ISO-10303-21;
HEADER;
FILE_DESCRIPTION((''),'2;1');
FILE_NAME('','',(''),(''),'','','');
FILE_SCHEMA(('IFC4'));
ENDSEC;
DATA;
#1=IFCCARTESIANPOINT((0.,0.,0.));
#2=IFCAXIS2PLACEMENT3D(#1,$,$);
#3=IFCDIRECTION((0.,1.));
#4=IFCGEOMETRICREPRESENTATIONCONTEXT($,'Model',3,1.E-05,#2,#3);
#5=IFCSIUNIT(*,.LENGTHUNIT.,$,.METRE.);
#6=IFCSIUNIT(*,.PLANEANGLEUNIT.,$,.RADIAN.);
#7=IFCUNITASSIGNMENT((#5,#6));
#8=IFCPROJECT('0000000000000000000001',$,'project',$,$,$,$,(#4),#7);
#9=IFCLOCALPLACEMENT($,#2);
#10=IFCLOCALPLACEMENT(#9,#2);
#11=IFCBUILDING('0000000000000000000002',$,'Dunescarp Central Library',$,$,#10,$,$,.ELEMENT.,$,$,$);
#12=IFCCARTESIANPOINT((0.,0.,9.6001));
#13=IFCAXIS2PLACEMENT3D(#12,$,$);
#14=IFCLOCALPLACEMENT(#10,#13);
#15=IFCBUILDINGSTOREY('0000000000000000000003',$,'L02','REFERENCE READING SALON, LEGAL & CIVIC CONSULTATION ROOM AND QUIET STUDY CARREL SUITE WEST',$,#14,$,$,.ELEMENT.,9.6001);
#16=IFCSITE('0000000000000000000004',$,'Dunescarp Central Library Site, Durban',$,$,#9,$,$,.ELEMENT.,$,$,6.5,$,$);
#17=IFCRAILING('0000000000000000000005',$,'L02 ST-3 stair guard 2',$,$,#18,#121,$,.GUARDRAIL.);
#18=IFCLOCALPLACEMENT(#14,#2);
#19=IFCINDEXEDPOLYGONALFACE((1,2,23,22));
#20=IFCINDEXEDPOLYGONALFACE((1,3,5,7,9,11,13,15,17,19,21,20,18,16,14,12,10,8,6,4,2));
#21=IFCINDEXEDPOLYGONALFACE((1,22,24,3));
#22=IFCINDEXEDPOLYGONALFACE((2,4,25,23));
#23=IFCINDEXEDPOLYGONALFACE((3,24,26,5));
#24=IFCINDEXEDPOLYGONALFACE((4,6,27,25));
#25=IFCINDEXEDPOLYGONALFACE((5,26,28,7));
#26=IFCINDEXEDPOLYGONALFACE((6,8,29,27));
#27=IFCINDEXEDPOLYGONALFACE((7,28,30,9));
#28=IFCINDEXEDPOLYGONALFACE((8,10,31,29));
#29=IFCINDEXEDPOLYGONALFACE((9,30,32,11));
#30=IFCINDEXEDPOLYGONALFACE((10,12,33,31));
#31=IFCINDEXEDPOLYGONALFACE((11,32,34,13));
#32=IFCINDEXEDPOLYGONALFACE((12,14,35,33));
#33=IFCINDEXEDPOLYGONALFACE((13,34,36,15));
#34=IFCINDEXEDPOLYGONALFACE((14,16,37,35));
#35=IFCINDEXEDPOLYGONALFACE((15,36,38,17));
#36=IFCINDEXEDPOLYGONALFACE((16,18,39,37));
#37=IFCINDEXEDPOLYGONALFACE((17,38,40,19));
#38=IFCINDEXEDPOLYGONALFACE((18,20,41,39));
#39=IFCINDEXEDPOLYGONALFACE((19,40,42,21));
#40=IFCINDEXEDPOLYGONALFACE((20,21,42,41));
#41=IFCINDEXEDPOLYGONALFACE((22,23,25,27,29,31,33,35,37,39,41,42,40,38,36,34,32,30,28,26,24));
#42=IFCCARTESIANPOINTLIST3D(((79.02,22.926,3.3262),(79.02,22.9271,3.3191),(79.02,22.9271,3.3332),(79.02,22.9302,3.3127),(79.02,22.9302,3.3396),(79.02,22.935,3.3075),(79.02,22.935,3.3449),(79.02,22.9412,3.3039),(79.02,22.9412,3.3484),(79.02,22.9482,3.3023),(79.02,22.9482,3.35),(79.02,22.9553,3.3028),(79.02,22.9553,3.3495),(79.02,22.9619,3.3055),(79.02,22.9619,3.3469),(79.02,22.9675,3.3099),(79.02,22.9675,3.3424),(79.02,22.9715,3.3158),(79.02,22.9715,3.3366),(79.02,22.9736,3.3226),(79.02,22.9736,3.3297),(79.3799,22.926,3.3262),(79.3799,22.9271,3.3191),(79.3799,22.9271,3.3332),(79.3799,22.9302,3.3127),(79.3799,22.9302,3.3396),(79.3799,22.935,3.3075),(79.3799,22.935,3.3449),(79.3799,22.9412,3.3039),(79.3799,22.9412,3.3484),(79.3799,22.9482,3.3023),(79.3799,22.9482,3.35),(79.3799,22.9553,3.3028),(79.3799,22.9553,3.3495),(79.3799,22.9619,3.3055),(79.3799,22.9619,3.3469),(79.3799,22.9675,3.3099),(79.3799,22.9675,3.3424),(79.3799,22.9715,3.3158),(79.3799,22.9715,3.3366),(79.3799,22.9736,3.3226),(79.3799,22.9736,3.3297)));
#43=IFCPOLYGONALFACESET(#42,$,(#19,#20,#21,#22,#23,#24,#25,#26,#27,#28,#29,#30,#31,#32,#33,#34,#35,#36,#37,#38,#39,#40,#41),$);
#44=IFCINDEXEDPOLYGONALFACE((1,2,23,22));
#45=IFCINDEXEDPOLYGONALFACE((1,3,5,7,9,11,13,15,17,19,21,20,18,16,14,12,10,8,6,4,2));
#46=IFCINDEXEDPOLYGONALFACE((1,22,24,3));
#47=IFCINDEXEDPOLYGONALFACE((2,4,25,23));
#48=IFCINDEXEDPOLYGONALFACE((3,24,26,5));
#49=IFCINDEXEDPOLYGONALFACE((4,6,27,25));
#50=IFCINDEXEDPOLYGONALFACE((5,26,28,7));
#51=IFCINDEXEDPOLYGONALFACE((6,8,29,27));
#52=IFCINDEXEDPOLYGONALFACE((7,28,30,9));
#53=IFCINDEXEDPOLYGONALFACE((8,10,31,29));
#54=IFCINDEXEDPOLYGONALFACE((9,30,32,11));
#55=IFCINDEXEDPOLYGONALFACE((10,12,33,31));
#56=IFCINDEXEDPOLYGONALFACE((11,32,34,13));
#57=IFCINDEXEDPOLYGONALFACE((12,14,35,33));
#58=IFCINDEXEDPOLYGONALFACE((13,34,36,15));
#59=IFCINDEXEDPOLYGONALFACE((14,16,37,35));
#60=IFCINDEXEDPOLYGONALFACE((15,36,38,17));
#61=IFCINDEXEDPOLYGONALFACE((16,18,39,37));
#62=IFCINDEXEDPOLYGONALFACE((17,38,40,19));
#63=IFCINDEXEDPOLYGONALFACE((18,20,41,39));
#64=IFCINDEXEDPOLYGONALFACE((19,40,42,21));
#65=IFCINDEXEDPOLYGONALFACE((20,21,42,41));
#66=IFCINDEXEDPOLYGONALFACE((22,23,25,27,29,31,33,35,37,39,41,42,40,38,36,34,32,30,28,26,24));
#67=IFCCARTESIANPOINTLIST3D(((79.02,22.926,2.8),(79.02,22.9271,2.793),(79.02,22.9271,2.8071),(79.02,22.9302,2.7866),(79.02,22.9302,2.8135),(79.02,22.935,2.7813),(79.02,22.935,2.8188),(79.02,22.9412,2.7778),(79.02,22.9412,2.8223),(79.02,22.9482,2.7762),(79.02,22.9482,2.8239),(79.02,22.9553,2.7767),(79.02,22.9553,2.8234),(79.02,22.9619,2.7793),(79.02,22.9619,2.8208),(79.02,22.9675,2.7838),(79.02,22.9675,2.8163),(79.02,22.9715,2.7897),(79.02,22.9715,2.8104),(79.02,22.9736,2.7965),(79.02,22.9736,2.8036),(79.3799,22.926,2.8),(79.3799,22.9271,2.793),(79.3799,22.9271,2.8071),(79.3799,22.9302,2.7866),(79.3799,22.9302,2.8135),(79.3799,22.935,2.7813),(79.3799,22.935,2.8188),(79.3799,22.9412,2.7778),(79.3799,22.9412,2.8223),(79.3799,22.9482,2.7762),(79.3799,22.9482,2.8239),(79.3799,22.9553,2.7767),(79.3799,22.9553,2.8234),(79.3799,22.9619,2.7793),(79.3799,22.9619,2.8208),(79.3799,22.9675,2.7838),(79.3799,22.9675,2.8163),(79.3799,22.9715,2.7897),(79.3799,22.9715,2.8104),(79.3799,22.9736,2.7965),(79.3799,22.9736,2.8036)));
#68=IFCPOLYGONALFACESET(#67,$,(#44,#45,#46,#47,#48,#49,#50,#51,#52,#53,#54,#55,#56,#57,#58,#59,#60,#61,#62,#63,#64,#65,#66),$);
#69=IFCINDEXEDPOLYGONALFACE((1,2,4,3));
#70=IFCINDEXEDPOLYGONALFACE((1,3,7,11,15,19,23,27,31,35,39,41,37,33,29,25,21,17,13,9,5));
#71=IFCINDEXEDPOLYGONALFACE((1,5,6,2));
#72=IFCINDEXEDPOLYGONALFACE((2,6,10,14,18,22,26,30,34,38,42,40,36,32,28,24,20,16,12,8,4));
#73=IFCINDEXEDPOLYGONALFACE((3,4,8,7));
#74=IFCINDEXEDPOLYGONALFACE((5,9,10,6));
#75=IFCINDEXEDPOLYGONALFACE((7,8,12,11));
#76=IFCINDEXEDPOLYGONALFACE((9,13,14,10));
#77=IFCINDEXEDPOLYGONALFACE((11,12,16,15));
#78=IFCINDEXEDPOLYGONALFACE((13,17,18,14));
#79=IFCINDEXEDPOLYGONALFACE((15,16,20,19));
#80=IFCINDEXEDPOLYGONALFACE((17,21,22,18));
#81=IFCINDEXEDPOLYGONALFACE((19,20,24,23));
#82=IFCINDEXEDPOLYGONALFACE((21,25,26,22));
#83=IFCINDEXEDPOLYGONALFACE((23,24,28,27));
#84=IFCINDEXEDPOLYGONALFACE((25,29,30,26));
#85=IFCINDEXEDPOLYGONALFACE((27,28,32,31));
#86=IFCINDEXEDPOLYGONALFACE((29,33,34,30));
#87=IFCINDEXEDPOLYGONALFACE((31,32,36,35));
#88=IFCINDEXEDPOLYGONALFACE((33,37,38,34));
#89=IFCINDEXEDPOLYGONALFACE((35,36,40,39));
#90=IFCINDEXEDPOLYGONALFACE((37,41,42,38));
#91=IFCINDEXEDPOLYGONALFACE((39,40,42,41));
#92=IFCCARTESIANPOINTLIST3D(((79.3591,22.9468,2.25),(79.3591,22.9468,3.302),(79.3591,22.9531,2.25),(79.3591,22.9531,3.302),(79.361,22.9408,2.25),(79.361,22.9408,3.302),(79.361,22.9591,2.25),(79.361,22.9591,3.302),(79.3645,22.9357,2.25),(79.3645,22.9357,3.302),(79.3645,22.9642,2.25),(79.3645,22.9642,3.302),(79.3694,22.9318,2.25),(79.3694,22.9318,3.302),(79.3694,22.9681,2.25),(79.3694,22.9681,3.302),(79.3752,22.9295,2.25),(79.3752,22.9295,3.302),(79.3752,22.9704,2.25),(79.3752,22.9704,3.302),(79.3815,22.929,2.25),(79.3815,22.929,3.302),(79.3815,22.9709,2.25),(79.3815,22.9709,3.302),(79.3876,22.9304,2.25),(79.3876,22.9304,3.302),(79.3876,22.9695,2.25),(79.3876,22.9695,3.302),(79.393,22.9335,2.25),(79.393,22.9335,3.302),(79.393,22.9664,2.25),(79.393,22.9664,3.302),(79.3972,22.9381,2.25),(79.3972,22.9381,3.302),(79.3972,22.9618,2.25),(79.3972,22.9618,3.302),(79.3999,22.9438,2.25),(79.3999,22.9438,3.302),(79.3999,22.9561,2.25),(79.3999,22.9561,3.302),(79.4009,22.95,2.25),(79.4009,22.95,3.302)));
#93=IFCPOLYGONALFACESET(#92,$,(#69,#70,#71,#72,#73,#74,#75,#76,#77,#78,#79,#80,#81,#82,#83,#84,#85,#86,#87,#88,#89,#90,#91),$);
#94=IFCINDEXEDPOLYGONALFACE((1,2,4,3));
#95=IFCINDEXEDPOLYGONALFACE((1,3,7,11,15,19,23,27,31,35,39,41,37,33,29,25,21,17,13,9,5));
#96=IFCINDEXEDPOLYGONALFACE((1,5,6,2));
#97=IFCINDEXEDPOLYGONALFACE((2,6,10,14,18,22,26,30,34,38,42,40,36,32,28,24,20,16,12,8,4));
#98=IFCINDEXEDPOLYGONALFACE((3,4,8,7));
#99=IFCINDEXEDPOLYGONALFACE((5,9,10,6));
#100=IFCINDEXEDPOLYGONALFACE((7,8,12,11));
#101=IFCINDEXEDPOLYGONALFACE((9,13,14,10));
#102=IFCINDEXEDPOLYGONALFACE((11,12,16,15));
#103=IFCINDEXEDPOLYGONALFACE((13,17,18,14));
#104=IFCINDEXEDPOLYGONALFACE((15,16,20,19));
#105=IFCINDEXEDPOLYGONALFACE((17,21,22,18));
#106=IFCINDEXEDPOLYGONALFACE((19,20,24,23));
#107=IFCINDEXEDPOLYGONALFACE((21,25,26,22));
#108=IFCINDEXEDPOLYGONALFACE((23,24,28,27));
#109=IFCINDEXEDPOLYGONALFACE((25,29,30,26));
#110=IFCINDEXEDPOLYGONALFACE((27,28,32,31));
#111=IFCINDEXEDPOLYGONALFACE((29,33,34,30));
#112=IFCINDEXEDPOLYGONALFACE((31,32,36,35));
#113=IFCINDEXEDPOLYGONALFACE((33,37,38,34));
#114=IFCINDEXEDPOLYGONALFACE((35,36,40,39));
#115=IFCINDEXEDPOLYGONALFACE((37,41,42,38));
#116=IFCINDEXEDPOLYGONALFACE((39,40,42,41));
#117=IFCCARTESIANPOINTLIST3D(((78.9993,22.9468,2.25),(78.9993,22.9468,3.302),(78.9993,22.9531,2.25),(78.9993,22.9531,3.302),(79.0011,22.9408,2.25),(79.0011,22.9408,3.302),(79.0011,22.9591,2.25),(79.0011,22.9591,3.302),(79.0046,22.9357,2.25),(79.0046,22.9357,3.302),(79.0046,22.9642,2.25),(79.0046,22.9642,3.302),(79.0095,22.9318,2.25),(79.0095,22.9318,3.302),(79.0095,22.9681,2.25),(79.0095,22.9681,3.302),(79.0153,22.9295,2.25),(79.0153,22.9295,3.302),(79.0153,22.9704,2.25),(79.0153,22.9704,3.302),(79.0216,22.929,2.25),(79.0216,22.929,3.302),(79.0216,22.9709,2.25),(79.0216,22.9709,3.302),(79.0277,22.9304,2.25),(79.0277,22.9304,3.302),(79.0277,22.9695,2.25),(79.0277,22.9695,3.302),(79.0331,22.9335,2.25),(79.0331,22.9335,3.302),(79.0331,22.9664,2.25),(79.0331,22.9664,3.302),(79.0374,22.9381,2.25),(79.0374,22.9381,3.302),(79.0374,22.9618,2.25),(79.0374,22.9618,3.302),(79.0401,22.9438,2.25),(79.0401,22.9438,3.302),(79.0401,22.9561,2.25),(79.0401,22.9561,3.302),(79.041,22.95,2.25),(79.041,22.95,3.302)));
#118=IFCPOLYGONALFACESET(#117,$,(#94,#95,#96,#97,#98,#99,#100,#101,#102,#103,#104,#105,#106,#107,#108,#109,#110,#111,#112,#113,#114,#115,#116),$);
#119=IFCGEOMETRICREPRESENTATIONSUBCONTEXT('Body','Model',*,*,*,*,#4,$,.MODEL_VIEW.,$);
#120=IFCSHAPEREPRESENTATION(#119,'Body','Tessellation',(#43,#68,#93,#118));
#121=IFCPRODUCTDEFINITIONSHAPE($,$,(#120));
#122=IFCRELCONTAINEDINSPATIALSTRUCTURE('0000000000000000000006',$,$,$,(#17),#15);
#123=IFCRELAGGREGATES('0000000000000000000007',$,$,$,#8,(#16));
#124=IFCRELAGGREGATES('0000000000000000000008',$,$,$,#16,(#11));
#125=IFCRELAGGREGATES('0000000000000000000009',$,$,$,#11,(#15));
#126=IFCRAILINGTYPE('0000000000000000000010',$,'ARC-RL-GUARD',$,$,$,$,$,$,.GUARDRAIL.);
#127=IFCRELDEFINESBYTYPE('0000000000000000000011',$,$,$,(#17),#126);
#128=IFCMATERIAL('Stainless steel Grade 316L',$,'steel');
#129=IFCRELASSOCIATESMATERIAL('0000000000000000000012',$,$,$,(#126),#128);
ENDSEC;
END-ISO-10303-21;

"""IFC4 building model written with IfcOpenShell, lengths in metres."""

from ifc_helpers import new_model, si_unit, direction, frame, origin, origin_2d, place, context, subcontext, project, spatial, circle, extrude, material, type_object, element, save


model = new_model("IFC4")

# Units and contexts
model_context = context("Model", 3, precision=1e-05, world=origin(), true_north=direction((0.0, 1.0)))
body_context = subcontext(model_context, "Body", "Model", "MODEL_VIEW")
ifc_project = project(units=[si_unit("LENGTHUNIT", "METRE"), si_unit("PLANEANGLEUNIT", "RADIAN")], contexts=[model_context])

# Site, building, storey
site_placement = place(None, origin())
site = spatial("IfcSite", under=ifc_project, at=site_placement, Name="Dunescarp Central Library Site, Durban", CompositionType="ELEMENT", RefElevation=6.5)
building_placement = place(site_placement, origin())
building = spatial("IfcBuilding", under=site, at=building_placement, Name="Dunescarp Central Library", CompositionType="ELEMENT")
storey_placement = place(building_placement, frame((0.0, 0.0, 9.6001)))
storey = spatial("IfcBuildingStorey", under=building, at=storey_placement, Name="L02", Description="REFERENCE READING SALON, LEGAL & CIVIC CONSULTATION ROOM AND QUIET STUDY CARREL SUITE WEST", CompositionType="ELEMENT", Elevation=9.6001)

# Railing
ifc_material_1 = material(Name="Stainless steel Grade 316L", Category="steel")
railing_type_1 = type_object("IfcRailingType", Name="ARC-RL-GUARD", PredefinedType="GUARDRAIL", material=ifc_material_1)
railing_1_placement = place(storey_placement, frame((79.3799, 22.95, 2.25)))
element("IfcRailing", 1, at=railing_1_placement, inside=storey, type_object=railing_type_1, Name="L02 ST-3 stair guard 2", PredefinedType="GUARDRAIL", context=body_context, shape_type="SweptSolid", body=[
    extrude(circle(Radius=0.0239, at=origin_2d()), frame((0.0, 0.0, 1.0762), z_axis=(-1.0, 0.0, 0.0), x_axis=(0.0, -1.0, 0.0)), (0.0, 0.0, 1.0), 0.3599),
    extrude(circle(Radius=0.0239, at=origin_2d()), frame((0.0, 0.0, 0.55), z_axis=(-1.0, 0.0, 0.0), x_axis=(0.0, -1.0, 0.0)), (0.0, 0.0, 1.0), 0.3599),
    extrude(circle(Radius=0.021, at=origin_2d()), origin(), (0.0, 0.0, 1.0), 1.052),
    extrude(circle(Radius=0.021, at=origin_2d()), frame((-0.3599, 0.0, 0.0)), (0.0, 0.0, 1.0), 1.052),
])

save(model, "model.ifc")
